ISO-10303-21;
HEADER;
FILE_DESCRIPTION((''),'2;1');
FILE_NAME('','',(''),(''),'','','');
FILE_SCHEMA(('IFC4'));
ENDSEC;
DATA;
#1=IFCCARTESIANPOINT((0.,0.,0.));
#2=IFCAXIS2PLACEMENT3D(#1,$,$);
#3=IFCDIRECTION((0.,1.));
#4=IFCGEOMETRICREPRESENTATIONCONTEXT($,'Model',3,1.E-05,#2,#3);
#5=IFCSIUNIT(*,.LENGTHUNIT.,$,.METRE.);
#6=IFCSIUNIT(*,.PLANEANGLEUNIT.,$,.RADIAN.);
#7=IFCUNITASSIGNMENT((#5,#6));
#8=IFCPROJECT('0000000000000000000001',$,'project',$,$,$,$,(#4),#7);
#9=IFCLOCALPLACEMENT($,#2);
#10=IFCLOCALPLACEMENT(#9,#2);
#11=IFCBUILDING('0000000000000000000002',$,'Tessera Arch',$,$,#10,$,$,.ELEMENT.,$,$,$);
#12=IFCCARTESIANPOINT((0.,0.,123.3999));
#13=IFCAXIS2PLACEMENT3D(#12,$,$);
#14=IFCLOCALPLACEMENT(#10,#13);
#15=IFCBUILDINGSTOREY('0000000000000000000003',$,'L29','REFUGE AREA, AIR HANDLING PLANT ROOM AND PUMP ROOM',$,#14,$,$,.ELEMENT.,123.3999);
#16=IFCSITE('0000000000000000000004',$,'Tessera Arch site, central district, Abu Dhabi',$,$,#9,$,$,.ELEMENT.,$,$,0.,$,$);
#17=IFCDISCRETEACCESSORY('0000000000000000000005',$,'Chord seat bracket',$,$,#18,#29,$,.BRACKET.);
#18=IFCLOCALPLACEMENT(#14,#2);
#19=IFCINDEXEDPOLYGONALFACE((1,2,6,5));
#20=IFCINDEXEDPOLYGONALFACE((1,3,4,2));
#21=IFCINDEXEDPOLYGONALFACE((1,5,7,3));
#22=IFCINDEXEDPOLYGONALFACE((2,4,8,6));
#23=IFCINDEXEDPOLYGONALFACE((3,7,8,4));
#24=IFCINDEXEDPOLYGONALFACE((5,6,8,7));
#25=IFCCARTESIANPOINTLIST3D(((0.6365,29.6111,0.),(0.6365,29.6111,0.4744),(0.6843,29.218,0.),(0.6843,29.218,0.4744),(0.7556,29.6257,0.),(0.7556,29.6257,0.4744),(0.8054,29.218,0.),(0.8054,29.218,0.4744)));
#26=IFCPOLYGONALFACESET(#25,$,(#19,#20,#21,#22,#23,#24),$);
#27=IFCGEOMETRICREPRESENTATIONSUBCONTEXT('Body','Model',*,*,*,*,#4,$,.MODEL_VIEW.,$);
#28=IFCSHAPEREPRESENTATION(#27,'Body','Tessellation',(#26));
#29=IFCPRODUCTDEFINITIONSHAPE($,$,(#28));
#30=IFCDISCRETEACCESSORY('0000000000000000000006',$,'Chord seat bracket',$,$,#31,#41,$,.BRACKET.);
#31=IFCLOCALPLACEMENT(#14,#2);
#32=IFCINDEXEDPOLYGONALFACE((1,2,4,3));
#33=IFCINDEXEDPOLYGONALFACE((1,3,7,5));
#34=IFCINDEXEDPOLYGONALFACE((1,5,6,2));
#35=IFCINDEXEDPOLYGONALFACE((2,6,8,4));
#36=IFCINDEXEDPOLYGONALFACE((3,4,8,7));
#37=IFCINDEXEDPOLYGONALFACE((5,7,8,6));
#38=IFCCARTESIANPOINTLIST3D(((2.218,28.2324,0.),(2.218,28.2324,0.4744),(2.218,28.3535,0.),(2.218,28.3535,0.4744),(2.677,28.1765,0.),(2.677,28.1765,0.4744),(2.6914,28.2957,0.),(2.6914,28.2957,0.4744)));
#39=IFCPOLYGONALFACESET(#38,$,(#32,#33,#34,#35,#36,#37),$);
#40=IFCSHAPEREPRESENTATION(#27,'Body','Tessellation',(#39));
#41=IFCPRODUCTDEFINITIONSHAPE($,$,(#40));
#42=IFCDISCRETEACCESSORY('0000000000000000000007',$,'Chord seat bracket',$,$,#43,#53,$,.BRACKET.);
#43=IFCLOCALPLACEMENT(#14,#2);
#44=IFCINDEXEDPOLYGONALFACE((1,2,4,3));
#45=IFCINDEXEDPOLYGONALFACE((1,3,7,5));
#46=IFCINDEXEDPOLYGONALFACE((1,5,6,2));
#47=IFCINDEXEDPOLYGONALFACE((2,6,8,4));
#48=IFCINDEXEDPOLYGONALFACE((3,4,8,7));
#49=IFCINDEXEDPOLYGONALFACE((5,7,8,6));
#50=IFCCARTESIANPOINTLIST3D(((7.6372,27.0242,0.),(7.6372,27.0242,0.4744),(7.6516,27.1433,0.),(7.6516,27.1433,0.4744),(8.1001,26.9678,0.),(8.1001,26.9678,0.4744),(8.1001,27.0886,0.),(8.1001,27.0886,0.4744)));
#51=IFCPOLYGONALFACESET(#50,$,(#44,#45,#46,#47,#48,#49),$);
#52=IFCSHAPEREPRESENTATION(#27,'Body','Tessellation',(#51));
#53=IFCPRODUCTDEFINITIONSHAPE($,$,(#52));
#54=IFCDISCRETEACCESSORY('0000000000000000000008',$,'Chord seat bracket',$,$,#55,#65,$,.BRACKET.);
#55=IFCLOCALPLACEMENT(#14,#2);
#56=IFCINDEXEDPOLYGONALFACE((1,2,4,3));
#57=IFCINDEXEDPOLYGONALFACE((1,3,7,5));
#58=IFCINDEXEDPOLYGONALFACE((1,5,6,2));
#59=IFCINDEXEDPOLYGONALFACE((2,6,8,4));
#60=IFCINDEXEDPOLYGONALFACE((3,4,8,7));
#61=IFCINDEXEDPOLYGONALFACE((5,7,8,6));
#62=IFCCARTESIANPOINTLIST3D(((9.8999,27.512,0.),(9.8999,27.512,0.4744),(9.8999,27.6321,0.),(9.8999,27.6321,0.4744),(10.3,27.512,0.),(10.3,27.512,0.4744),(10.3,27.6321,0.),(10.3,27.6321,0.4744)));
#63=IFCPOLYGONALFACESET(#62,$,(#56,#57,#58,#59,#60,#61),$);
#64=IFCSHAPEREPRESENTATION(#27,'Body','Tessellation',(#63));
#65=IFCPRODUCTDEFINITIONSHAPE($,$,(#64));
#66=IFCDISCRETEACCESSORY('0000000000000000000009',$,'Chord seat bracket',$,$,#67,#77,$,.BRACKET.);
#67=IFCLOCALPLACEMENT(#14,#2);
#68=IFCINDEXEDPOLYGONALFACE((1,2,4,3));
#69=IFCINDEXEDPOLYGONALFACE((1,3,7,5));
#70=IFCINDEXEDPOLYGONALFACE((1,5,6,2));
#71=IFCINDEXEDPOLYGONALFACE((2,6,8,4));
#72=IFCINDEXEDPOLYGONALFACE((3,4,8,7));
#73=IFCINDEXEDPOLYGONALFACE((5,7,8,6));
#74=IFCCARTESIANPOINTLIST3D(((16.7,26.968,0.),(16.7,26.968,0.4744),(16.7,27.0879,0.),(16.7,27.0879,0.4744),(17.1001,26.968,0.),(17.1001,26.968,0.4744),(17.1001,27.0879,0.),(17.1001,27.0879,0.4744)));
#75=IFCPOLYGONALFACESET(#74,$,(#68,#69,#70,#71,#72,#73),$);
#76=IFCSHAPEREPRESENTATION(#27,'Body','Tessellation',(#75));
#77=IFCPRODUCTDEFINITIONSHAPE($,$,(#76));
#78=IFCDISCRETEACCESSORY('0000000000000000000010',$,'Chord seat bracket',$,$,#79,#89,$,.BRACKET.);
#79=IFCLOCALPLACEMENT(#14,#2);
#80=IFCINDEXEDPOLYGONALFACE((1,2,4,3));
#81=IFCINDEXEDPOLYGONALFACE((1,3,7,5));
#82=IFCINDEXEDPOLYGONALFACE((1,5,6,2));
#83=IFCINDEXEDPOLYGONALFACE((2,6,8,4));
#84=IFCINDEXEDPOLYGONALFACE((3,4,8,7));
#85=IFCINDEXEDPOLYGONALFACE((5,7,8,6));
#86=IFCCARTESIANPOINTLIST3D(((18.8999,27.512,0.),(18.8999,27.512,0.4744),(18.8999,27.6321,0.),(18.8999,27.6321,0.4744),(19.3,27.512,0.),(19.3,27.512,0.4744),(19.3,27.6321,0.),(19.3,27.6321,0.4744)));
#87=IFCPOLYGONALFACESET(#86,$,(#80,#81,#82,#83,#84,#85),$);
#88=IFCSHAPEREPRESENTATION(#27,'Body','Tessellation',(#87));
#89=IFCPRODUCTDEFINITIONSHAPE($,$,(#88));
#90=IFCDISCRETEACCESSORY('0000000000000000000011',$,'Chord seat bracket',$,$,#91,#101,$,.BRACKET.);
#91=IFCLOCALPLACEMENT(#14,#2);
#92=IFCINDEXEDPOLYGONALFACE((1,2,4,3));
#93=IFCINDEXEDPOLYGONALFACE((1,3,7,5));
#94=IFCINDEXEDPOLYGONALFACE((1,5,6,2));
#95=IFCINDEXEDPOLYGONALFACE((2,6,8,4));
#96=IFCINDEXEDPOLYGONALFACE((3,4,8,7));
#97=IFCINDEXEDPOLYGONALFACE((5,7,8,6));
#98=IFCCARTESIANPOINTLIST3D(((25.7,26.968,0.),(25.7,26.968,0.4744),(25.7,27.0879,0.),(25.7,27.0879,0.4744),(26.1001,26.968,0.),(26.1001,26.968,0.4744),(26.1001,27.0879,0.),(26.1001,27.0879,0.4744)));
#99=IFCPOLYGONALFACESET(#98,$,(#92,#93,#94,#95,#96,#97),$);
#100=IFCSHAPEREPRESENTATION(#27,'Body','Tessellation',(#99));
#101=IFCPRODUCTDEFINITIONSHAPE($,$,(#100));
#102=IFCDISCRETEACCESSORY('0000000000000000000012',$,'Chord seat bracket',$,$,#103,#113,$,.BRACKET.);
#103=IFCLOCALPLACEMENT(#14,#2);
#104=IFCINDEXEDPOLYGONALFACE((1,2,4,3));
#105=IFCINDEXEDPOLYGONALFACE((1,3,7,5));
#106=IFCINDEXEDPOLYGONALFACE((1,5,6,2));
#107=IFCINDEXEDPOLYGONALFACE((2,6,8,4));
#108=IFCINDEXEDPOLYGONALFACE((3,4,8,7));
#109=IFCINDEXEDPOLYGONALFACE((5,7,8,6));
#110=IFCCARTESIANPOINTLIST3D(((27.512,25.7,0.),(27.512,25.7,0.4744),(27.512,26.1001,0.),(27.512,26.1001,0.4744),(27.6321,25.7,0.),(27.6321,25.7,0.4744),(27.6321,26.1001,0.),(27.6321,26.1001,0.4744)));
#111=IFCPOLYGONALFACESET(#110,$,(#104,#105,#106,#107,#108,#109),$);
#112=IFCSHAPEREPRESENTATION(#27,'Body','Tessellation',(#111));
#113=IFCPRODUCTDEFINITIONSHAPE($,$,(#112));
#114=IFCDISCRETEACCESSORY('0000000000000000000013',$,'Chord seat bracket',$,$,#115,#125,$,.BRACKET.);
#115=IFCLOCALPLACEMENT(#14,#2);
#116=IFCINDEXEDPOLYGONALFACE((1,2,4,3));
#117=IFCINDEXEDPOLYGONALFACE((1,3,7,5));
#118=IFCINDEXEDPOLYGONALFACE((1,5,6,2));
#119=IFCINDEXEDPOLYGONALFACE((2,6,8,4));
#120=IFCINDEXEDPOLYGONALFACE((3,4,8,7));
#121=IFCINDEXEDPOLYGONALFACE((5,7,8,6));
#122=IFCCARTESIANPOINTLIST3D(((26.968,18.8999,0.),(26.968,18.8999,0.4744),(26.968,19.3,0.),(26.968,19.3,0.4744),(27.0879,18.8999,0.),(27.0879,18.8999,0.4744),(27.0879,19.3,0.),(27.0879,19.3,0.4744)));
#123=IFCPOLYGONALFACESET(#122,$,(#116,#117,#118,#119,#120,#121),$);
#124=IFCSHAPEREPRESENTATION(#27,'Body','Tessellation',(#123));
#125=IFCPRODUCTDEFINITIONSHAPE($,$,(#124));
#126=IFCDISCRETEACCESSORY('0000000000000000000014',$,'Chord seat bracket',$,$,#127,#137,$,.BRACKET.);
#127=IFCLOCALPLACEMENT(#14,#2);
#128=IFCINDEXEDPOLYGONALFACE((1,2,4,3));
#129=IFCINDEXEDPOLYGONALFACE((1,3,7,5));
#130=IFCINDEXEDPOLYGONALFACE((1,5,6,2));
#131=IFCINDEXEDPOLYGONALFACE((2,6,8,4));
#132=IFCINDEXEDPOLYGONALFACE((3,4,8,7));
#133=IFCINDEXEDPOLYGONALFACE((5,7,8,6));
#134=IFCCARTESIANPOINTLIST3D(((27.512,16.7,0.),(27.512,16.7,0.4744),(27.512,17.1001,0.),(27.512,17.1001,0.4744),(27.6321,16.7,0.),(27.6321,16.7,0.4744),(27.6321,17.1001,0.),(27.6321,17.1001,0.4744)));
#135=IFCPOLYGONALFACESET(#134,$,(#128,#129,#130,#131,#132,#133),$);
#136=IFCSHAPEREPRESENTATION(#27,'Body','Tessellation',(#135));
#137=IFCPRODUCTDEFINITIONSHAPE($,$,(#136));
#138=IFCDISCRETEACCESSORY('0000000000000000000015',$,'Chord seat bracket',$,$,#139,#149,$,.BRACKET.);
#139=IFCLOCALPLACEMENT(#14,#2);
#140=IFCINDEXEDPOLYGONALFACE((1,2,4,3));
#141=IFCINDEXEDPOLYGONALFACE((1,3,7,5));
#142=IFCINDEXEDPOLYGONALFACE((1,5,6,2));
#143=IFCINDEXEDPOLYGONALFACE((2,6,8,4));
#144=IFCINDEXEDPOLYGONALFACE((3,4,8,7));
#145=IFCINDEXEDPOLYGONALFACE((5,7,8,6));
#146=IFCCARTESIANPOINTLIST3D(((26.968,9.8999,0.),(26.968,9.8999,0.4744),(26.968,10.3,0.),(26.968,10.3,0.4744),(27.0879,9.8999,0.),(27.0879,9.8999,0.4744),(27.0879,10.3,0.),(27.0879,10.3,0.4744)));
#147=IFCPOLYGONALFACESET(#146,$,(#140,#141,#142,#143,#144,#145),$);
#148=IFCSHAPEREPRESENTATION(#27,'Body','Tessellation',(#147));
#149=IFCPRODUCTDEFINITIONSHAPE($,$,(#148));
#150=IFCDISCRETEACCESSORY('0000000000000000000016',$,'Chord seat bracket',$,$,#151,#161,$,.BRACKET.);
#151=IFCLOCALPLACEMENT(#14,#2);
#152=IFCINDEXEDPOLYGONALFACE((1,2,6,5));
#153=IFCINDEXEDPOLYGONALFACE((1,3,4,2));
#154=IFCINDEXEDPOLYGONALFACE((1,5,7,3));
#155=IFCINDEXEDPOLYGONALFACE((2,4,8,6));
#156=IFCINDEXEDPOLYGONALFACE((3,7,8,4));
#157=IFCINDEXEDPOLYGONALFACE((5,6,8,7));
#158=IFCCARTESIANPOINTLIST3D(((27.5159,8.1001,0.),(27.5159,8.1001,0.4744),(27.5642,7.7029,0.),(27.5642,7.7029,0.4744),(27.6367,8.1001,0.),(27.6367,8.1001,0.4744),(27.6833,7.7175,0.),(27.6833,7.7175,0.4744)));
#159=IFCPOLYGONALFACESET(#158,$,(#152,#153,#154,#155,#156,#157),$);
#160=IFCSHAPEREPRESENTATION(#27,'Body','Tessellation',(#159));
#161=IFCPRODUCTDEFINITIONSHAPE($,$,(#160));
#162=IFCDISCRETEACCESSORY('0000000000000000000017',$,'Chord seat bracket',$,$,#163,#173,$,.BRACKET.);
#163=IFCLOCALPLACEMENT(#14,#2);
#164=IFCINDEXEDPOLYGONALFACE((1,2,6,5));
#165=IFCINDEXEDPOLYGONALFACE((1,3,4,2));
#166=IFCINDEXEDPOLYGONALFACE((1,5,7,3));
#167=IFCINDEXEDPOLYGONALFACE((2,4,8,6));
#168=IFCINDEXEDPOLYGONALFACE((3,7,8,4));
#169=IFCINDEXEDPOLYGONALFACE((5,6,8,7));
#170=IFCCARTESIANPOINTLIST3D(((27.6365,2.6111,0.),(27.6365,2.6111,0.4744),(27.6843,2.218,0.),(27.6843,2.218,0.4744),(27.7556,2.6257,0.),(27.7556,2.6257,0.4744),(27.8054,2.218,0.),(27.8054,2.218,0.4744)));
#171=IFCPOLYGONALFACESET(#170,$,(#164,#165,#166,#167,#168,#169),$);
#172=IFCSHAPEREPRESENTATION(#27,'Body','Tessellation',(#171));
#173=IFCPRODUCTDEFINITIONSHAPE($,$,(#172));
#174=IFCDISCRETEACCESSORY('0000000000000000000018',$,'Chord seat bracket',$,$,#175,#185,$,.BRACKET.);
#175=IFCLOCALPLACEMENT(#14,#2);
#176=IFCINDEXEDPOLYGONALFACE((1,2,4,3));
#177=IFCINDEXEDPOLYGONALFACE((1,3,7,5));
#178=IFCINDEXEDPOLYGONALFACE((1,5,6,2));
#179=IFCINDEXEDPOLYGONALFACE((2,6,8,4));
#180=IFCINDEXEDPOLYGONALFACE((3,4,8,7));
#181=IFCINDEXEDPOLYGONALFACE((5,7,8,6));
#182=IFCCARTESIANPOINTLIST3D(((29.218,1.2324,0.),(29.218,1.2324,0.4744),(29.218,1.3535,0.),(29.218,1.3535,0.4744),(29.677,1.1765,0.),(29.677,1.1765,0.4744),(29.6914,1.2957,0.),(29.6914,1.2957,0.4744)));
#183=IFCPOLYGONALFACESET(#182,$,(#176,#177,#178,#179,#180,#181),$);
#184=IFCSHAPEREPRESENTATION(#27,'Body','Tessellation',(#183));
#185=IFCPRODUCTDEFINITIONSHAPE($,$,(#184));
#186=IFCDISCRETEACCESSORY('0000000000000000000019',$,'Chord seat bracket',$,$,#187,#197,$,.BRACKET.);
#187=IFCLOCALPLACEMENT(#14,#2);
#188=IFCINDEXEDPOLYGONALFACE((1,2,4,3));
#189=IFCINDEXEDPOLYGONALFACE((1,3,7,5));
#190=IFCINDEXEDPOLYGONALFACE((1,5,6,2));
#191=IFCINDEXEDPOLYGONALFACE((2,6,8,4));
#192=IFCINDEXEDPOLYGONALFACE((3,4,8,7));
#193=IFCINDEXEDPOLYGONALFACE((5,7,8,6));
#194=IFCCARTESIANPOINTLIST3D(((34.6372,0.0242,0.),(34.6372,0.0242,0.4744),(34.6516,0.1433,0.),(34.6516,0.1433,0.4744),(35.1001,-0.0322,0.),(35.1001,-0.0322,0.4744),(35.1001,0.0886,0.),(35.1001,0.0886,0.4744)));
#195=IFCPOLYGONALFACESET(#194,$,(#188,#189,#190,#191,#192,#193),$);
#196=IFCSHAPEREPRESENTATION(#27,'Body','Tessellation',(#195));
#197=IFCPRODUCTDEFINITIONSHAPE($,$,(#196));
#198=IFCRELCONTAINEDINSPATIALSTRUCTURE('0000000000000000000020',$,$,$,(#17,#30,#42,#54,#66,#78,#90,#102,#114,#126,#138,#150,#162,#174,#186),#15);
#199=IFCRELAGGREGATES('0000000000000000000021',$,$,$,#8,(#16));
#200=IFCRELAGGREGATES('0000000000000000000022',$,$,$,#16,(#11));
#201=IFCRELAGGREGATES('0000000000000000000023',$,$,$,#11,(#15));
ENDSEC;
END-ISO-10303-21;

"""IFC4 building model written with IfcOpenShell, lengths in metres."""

from ifc_helpers import new_model, si_unit, direction, frame, origin, place, context, subcontext, project, spatial, polyline, outline, extrude, element, save


model = new_model("IFC4")

# Units and contexts
model_context = context("Model", 3, precision=1e-05, world=origin(), true_north=direction((0.0, 1.0)))
body_context = subcontext(model_context, "Body", "Model", "MODEL_VIEW")
ifc_project = project(units=[si_unit("LENGTHUNIT", "METRE"), si_unit("PLANEANGLEUNIT", "RADIAN")], contexts=[model_context])

# Site, building, storey
site_placement = place(None, origin())
site = spatial("IfcSite", under=ifc_project, at=site_placement, Name="Tessera Arch site, central district, Abu Dhabi", CompositionType="ELEMENT", RefElevation=0.0)
building_placement = place(site_placement, origin())
building = spatial("IfcBuilding", under=site, at=building_placement, Name="Tessera Arch", CompositionType="ELEMENT")
storey_placement = place(building_placement, frame((0.0, 0.0, 123.3999)))
storey = spatial("IfcBuildingStorey", under=building, at=storey_placement, Name="L29", Description="REFUGE AREA, AIR HANDLING PLANT ROOM AND PUMP ROOM", CompositionType="ELEMENT", Elevation=123.3999)

# Discrete accessories
discrete_accessory_1_placement = place(storey_placement, origin())
element("IfcDiscreteAccessory", 1, at=discrete_accessory_1_placement, inside=storey, Name="Chord seat bracket", PredefinedType="BRACKET", context=body_context, shape_type="SweptSolid", body=[
    extrude(outline(polyline([(0.6843, 29.218), (0.6365, 29.6111), (0.7556, 29.6257), (0.8054, 29.218), (0.6843, 29.218)])), origin(), (0.0, 0.0, 1.0), 0.4744),
])
discrete_accessory_2_placement = place(storey_placement, origin())
element("IfcDiscreteAccessory", 2, at=discrete_accessory_2_placement, inside=storey, Name="Chord seat bracket", PredefinedType="BRACKET", context=body_context, shape_type="SweptSolid", body=[
    extrude(outline(polyline([(2.218, 28.3535), (2.6914, 28.2957), (2.677, 28.1765), (2.218, 28.2324), (2.218, 28.3535)])), origin(), (0.0, 0.0, 1.0), 0.4744),
])
discrete_accessory_3_placement = place(storey_placement, origin())
element("IfcDiscreteAccessory", 3, at=discrete_accessory_3_placement, inside=storey, Name="Chord seat bracket", PredefinedType="BRACKET", context=body_context, shape_type="SweptSolid", body=[
    extrude(outline(polyline([(7.6516, 27.1433), (8.1001, 27.0886), (8.1001, 26.9678), (7.6372, 27.0242), (7.6516, 27.1433)])), origin(), (0.0, 0.0, 1.0), 0.4744),
])
discrete_accessory_4_placement = place(storey_placement, origin())
element("IfcDiscreteAccessory", 4, at=discrete_accessory_4_placement, inside=storey, Name="Chord seat bracket", PredefinedType="BRACKET", context=body_context, shape_type="SweptSolid", body=[
    extrude(outline(polyline([(10.3, 27.512), (9.8999, 27.512), (9.8999, 27.6321), (10.3, 27.6321), (10.3, 27.512)])), origin(), (0.0, 0.0, 1.0), 0.4744),
])
discrete_accessory_5_placement = place(storey_placement, origin())
element("IfcDiscreteAccessory", 5, at=discrete_accessory_5_placement, inside=storey, Name="Chord seat bracket", PredefinedType="BRACKET", context=body_context, shape_type="SweptSolid", body=[
    extrude(outline(polyline([(16.7, 27.0879), (17.1001, 27.0879), (17.1001, 26.968), (16.7, 26.968), (16.7, 27.0879)])), origin(), (0.0, 0.0, 1.0), 0.4744),
])
discrete_accessory_6_placement = place(storey_placement, origin())
element("IfcDiscreteAccessory", 6, at=discrete_accessory_6_placement, inside=storey, Name="Chord seat bracket", PredefinedType="BRACKET", context=body_context, shape_type="SweptSolid", body=[
    extrude(outline(polyline([(19.3, 27.512), (18.8999, 27.512), (18.8999, 27.6321), (19.3, 27.6321), (19.3, 27.512)])), origin(), (0.0, 0.0, 1.0), 0.4744),
])
discrete_accessory_7_placement = place(storey_placement, origin())
element("IfcDiscreteAccessory", 7, at=discrete_accessory_7_placement, inside=storey, Name="Chord seat bracket", PredefinedType="BRACKET", context=body_context, shape_type="SweptSolid", body=[
    extrude(outline(polyline([(25.7, 27.0879), (26.1001, 27.0879), (26.1001, 26.968), (25.7, 26.968), (25.7, 27.0879)])), origin(), (0.0, 0.0, 1.0), 0.4744),
])
discrete_accessory_8_placement = place(storey_placement, origin())
element("IfcDiscreteAccessory", 8, at=discrete_accessory_8_placement, inside=storey, Name="Chord seat bracket", PredefinedType="BRACKET", context=body_context, shape_type="SweptSolid", body=[
    extrude(outline(polyline([(27.512, 25.7), (27.512, 26.1001), (27.6321, 26.1001), (27.6321, 25.7), (27.512, 25.7)])), origin(), (0.0, 0.0, 1.0), 0.4744),
])
discrete_accessory_9_placement = place(storey_placement, origin())
element("IfcDiscreteAccessory", 9, at=discrete_accessory_9_placement, inside=storey, Name="Chord seat bracket", PredefinedType="BRACKET", context=body_context, shape_type="SweptSolid", body=[
    extrude(outline(polyline([(27.0879, 19.3), (27.0879, 18.8999), (26.968, 18.8999), (26.968, 19.3), (27.0879, 19.3)])), origin(), (0.0, 0.0, 1.0), 0.4744),
])
discrete_accessory_10_placement = place(storey_placement, origin())
element("IfcDiscreteAccessory", 10, at=discrete_accessory_10_placement, inside=storey, Name="Chord seat bracket", PredefinedType="BRACKET", context=body_context, shape_type="SweptSolid", body=[
    extrude(outline(polyline([(27.512, 16.7), (27.512, 17.1001), (27.6321, 17.1001), (27.6321, 16.7), (27.512, 16.7)])), origin(), (0.0, 0.0, 1.0), 0.4744),
])
discrete_accessory_11_placement = place(storey_placement, origin())
element("IfcDiscreteAccessory", 11, at=discrete_accessory_11_placement, inside=storey, Name="Chord seat bracket", PredefinedType="BRACKET", context=body_context, shape_type="SweptSolid", body=[
    extrude(outline(polyline([(27.0879, 9.8999), (26.968, 9.8999), (26.968, 10.3), (27.0879, 10.3), (27.0879, 9.8999)])), origin(), (0.0, 0.0, 1.0), 0.4744),
])
discrete_accessory_12_placement = place(storey_placement, origin())
element("IfcDiscreteAccessory", 12, at=discrete_accessory_12_placement, inside=storey, Name="Chord seat bracket", PredefinedType="BRACKET", context=body_context, shape_type="SweptSolid", body=[
    extrude(outline(polyline([(27.5159, 8.1001), (27.6367, 8.1001), (27.6833, 7.7175), (27.5642, 7.7029), (27.5159, 8.1001)])), origin(), (0.0, 0.0, 1.0), 0.4744),
])
discrete_accessory_13_placement = place(storey_placement, origin())
element("IfcDiscreteAccessory", 13, at=discrete_accessory_13_placement, inside=storey, Name="Chord seat bracket", PredefinedType="BRACKET", context=body_context, shape_type="SweptSolid", body=[
    extrude(outline(polyline([(27.7556, 2.6257), (27.8054, 2.218), (27.6843, 2.218), (27.6365, 2.6111), (27.7556, 2.6257)])), origin(), (0.0, 0.0, 1.0), 0.4744),
])
discrete_accessory_14_placement = place(storey_placement, origin())
element("IfcDiscreteAccessory", 14, at=discrete_accessory_14_placement, inside=storey, Name="Chord seat bracket", PredefinedType="BRACKET", context=body_context, shape_type="SweptSolid", body=[
    extrude(outline(polyline([(29.677, 1.1765), (29.218, 1.2324), (29.218, 1.3535), (29.6914, 1.2957), (29.677, 1.1765)])), origin(), (0.0, 0.0, 1.0), 0.4744),
])
discrete_accessory_15_placement = place(storey_placement, origin())
element("IfcDiscreteAccessory", 15, at=discrete_accessory_15_placement, inside=storey, Name="Chord seat bracket", PredefinedType="BRACKET", context=body_context, shape_type="SweptSolid", body=[
    extrude(outline(polyline([(34.6516, 0.1433), (35.1001, 0.0886), (35.1001, -0.0322), (34.6372, 0.0242), (34.6516, 0.1433)])), origin(), (0.0, 0.0, 1.0), 0.4744),
])

save(model, "model.ifc")
